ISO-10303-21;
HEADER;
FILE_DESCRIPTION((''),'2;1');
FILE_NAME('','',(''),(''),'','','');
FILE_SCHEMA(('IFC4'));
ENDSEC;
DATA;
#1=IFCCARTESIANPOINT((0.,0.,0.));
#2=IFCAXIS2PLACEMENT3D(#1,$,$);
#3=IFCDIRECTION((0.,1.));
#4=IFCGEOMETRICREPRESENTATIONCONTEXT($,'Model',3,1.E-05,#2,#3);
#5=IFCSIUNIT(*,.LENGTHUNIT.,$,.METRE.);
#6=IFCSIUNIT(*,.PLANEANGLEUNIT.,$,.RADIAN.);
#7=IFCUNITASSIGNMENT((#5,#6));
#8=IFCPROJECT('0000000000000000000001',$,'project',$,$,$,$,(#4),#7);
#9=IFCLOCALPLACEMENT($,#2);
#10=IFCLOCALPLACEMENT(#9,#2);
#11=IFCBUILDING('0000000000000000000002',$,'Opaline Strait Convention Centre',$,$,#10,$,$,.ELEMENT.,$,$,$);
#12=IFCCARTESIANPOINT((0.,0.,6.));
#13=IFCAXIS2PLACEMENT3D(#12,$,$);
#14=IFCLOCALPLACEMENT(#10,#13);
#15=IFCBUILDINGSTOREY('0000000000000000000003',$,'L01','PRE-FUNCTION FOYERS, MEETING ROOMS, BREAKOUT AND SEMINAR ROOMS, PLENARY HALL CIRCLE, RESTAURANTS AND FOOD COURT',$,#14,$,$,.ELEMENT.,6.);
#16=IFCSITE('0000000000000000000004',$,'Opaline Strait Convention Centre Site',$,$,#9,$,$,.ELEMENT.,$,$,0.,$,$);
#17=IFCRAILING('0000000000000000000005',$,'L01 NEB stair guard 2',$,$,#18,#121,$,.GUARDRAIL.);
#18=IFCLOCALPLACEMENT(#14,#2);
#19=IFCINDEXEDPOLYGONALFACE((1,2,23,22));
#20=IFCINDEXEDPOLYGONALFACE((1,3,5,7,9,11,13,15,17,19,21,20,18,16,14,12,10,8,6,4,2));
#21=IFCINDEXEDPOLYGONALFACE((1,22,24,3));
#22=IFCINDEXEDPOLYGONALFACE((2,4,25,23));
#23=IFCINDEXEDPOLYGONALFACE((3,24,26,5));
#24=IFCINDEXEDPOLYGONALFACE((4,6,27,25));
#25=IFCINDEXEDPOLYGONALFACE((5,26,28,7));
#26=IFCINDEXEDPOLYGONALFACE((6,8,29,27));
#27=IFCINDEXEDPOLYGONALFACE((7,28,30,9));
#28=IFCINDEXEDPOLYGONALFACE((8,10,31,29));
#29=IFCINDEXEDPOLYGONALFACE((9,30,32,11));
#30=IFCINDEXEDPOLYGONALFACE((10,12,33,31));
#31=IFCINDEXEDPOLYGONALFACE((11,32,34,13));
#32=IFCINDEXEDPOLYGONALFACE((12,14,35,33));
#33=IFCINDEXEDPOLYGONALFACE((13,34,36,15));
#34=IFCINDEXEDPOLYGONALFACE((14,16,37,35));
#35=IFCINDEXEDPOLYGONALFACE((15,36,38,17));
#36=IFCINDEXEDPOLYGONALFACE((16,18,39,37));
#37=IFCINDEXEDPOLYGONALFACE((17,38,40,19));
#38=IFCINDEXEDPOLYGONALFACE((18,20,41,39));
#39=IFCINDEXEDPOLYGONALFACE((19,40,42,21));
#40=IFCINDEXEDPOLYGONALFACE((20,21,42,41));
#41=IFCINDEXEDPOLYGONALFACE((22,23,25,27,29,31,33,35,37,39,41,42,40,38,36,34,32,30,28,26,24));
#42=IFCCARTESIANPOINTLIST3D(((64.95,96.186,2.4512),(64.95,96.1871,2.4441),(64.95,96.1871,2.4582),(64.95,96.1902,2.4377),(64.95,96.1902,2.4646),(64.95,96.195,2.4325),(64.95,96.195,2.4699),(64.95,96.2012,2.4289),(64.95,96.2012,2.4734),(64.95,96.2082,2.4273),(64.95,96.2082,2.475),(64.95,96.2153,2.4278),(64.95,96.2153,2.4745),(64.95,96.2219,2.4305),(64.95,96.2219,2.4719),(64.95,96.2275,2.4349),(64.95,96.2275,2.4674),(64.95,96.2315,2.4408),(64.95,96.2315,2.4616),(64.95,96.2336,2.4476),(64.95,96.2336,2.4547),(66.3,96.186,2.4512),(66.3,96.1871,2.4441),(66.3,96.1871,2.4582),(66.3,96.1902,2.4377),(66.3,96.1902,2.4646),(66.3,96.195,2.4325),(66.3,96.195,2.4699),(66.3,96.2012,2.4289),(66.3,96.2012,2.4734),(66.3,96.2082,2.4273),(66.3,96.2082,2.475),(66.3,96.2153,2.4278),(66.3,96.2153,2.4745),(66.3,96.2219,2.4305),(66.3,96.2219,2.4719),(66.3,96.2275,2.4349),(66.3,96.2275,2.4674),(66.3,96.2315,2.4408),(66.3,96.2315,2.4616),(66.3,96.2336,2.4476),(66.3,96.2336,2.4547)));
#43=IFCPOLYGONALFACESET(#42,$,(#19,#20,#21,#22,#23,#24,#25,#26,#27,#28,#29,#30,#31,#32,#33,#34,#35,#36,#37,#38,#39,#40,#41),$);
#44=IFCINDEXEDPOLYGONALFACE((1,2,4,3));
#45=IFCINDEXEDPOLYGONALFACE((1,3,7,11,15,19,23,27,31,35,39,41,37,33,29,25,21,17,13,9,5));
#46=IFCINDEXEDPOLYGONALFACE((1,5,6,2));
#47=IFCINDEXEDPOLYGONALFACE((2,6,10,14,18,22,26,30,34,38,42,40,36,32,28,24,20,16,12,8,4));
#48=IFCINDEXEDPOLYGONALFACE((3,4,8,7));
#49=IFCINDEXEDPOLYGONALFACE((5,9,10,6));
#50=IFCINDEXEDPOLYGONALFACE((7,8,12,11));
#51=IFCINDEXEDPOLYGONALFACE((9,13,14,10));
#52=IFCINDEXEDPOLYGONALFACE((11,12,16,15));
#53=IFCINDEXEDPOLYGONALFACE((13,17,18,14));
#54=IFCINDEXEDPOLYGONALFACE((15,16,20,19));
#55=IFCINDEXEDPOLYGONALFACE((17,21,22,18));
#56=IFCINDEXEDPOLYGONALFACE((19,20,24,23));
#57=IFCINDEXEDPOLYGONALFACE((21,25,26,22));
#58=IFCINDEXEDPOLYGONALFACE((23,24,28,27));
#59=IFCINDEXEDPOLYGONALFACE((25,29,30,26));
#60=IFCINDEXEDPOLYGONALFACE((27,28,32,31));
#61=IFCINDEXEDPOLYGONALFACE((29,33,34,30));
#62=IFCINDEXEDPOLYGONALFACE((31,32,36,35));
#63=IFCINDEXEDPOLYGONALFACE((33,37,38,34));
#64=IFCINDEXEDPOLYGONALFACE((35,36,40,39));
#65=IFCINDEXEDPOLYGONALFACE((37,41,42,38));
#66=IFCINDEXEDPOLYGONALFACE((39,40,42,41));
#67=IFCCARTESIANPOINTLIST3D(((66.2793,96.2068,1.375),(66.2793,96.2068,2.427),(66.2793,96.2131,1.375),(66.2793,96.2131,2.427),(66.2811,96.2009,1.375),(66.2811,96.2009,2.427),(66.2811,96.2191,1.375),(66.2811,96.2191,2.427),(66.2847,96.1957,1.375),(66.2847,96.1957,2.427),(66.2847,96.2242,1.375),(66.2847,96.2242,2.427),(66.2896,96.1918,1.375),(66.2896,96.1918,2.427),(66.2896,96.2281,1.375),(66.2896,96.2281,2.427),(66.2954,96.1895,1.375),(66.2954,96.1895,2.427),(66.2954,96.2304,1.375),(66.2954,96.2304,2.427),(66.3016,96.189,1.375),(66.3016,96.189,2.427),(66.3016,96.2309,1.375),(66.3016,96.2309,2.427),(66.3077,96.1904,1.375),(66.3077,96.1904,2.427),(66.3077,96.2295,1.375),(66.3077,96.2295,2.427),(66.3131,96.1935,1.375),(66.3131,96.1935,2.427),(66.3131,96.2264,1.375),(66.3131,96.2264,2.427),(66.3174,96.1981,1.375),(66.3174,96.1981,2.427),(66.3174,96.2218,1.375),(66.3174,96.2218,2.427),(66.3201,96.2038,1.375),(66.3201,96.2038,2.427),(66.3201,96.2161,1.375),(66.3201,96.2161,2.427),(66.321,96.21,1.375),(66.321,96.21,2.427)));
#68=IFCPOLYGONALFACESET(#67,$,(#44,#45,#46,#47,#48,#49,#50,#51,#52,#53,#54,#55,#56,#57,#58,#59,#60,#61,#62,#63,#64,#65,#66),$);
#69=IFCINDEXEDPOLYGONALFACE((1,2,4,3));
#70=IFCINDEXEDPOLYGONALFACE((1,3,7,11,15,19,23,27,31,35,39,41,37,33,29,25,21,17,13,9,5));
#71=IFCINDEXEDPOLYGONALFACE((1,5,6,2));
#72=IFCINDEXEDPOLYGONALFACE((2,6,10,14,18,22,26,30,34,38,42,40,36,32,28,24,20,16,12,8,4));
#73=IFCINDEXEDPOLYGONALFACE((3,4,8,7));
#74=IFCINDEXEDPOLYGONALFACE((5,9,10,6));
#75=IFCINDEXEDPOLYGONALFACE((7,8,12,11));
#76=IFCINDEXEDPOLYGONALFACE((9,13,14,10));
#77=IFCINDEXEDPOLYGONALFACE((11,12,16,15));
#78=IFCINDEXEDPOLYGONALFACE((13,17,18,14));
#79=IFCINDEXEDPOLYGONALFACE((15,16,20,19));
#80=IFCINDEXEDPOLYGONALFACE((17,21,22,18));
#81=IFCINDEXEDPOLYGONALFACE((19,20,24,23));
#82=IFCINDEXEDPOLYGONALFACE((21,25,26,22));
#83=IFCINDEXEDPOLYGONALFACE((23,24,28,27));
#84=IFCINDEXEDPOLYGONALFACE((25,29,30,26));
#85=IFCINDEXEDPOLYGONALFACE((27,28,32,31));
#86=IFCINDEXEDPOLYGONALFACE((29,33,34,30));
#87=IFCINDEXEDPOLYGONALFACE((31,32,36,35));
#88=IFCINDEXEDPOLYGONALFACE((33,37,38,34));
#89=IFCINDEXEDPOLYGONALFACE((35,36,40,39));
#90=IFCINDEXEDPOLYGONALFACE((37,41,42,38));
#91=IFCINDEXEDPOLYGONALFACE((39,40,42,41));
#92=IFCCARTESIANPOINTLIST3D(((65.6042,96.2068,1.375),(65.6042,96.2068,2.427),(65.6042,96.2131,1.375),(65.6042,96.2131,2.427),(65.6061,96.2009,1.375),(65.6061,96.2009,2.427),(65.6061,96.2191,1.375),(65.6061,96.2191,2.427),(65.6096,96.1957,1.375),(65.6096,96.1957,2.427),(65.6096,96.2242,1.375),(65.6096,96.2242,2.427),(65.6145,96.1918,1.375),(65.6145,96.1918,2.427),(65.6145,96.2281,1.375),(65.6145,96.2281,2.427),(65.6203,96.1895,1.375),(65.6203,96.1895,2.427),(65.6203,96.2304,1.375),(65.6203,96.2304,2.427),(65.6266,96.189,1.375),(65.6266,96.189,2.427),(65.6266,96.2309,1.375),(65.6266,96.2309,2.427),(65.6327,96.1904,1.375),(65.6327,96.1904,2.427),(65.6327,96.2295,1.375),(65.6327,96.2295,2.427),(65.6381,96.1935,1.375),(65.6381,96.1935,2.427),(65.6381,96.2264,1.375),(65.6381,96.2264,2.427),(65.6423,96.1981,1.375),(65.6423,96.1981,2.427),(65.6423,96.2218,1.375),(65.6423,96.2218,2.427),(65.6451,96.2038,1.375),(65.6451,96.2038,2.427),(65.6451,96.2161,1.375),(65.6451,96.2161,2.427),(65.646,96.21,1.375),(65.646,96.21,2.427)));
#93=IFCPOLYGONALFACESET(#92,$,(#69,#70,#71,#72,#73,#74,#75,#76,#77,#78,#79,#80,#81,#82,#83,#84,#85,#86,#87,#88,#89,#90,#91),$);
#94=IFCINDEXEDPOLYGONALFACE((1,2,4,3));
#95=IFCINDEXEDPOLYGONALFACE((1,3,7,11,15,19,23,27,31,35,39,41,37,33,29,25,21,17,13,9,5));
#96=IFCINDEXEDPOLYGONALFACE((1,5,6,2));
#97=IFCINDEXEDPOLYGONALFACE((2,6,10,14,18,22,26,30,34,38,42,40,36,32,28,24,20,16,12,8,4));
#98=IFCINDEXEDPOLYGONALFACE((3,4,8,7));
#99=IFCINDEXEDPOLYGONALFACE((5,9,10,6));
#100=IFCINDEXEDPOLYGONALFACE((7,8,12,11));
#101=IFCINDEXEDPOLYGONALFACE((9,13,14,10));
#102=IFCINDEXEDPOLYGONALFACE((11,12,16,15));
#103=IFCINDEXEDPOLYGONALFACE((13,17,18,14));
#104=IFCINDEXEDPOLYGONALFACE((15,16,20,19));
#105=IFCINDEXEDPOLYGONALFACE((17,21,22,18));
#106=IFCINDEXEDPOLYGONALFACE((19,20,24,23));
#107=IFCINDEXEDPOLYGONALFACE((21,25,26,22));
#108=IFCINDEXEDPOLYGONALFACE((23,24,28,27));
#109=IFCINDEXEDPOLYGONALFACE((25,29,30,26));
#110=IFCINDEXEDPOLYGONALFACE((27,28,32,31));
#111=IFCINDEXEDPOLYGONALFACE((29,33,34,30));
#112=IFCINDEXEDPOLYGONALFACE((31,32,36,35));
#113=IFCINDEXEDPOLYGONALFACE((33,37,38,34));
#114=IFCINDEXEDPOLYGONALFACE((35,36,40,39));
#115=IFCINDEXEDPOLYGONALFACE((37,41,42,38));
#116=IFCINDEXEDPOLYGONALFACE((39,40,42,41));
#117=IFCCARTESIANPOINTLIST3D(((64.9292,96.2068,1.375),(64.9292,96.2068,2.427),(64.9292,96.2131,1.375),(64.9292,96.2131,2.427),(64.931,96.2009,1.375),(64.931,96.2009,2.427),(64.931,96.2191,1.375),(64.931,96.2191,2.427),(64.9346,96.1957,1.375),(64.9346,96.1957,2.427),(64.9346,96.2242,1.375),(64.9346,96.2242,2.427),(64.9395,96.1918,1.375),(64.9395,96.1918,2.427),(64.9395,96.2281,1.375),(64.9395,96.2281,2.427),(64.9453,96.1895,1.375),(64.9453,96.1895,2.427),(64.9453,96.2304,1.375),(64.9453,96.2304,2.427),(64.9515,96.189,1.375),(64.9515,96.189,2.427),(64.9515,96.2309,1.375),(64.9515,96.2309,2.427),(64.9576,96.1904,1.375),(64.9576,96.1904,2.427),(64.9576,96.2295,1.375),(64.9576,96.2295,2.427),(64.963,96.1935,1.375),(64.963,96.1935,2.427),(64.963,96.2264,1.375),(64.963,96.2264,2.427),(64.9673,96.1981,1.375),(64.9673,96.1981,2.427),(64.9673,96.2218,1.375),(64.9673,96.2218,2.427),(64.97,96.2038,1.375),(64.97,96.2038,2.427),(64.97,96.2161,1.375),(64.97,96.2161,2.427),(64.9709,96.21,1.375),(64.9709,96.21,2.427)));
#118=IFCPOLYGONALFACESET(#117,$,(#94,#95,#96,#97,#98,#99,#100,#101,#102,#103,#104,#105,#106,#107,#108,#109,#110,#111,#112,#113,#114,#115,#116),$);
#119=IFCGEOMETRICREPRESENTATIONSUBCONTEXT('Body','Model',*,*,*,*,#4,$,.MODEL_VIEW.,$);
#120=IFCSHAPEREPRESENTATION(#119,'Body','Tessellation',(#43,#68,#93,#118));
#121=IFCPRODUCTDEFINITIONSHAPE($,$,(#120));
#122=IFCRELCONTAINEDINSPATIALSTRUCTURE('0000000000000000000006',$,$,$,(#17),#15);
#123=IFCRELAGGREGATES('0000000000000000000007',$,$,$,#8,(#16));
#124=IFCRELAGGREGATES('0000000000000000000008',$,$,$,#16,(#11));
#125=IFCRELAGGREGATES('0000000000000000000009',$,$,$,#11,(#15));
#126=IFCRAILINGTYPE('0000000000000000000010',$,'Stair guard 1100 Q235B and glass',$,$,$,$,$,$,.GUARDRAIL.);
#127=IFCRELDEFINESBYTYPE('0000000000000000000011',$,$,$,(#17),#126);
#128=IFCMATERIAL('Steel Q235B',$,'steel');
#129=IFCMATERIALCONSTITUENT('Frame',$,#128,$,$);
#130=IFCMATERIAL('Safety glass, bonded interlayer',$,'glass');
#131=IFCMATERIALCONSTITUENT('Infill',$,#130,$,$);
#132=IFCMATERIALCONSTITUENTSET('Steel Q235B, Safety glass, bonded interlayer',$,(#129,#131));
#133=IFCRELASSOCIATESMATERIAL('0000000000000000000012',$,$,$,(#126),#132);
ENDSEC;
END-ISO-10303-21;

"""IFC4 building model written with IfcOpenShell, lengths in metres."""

from ifc_helpers import new_model, si_unit, direction, frame, origin, origin_2d, place, context, subcontext, project, spatial, circle, extrude, material, constituent, constituent_set, type_object, element, save


model = new_model("IFC4")

# Units and contexts
model_context = context("Model", 3, precision=1e-05, world=origin(), true_north=direction((0.0, 1.0)))
body_context = subcontext(model_context, "Body", "Model", "MODEL_VIEW")
ifc_project = project(units=[si_unit("LENGTHUNIT", "METRE"), si_unit("PLANEANGLEUNIT", "RADIAN")], contexts=[model_context])

# Site, building, storey
site_placement = place(None, origin())
site = spatial("IfcSite", under=ifc_project, at=site_placement, Name="Opaline Strait Convention Centre Site", CompositionType="ELEMENT", RefElevation=0.0)
building_placement = place(site_placement, origin())
building = spatial("IfcBuilding", under=site, at=building_placement, Name="Opaline Strait Convention Centre", CompositionType="ELEMENT")
storey_placement = place(building_placement, frame((0.0, 0.0, 6.0)))
storey = spatial("IfcBuildingStorey", under=building, at=storey_placement, Name="L01", Description="PRE-FUNCTION FOYERS, MEETING ROOMS, BREAKOUT AND SEMINAR ROOMS, PLENARY HALL CIRCLE, RESTAURANTS AND FOOD COURT", CompositionType="ELEMENT", Elevation=6.0)

# Railing
ifc_material_1 = material(Name="Safety glass, bonded interlayer", Category="glass")
ifc_material_2 = material(Name="Steel Q235B", Category="steel")
ifc_constituent_1 = constituent(ifc_material_2, Name="Frame")
ifc_constituent_2 = constituent(ifc_material_1, Name="Infill")
ifc_constituent_set_1 = constituent_set(constituents=[ifc_constituent_1, ifc_constituent_2], Name="Steel Q235B, Safety glass, bonded interlayer")
railing_type_1 = type_object("IfcRailingType", Name="Stair guard 1100 Q235B and glass", PredefinedType="GUARDRAIL", material=ifc_constituent_set_1)
railing_1_placement = place(storey_placement, frame((66.3, 96.21, 1.375)))
element("IfcRailing", 1, at=railing_1_placement, inside=storey, type_object=railing_type_1, Name="L01 NEB stair guard 2", PredefinedType="GUARDRAIL", context=body_context, shape_type="SweptSolid", body=[
    extrude(circle(Radius=0.0239, at=origin_2d()), frame((0.0, 0.0, 1.0762), z_axis=(-1.0, 0.0, 0.0), x_axis=(0.0, -1.0, 0.0)), (0.0, 0.0, 1.0), 1.3501),
    extrude(circle(Radius=0.021, at=origin_2d()), origin(), (0.0, 0.0, 1.0), 1.052),
    extrude(circle(Radius=0.021, at=origin_2d()), frame((-0.675, 0.0, 0.0)), (0.0, 0.0, 1.0), 1.052),
    extrude(circle(Radius=0.021, at=origin_2d()), frame((-1.3501, 0.0, 0.0)), (0.0, 0.0, 1.0), 1.052),
])

save(model, "model.ifc")
